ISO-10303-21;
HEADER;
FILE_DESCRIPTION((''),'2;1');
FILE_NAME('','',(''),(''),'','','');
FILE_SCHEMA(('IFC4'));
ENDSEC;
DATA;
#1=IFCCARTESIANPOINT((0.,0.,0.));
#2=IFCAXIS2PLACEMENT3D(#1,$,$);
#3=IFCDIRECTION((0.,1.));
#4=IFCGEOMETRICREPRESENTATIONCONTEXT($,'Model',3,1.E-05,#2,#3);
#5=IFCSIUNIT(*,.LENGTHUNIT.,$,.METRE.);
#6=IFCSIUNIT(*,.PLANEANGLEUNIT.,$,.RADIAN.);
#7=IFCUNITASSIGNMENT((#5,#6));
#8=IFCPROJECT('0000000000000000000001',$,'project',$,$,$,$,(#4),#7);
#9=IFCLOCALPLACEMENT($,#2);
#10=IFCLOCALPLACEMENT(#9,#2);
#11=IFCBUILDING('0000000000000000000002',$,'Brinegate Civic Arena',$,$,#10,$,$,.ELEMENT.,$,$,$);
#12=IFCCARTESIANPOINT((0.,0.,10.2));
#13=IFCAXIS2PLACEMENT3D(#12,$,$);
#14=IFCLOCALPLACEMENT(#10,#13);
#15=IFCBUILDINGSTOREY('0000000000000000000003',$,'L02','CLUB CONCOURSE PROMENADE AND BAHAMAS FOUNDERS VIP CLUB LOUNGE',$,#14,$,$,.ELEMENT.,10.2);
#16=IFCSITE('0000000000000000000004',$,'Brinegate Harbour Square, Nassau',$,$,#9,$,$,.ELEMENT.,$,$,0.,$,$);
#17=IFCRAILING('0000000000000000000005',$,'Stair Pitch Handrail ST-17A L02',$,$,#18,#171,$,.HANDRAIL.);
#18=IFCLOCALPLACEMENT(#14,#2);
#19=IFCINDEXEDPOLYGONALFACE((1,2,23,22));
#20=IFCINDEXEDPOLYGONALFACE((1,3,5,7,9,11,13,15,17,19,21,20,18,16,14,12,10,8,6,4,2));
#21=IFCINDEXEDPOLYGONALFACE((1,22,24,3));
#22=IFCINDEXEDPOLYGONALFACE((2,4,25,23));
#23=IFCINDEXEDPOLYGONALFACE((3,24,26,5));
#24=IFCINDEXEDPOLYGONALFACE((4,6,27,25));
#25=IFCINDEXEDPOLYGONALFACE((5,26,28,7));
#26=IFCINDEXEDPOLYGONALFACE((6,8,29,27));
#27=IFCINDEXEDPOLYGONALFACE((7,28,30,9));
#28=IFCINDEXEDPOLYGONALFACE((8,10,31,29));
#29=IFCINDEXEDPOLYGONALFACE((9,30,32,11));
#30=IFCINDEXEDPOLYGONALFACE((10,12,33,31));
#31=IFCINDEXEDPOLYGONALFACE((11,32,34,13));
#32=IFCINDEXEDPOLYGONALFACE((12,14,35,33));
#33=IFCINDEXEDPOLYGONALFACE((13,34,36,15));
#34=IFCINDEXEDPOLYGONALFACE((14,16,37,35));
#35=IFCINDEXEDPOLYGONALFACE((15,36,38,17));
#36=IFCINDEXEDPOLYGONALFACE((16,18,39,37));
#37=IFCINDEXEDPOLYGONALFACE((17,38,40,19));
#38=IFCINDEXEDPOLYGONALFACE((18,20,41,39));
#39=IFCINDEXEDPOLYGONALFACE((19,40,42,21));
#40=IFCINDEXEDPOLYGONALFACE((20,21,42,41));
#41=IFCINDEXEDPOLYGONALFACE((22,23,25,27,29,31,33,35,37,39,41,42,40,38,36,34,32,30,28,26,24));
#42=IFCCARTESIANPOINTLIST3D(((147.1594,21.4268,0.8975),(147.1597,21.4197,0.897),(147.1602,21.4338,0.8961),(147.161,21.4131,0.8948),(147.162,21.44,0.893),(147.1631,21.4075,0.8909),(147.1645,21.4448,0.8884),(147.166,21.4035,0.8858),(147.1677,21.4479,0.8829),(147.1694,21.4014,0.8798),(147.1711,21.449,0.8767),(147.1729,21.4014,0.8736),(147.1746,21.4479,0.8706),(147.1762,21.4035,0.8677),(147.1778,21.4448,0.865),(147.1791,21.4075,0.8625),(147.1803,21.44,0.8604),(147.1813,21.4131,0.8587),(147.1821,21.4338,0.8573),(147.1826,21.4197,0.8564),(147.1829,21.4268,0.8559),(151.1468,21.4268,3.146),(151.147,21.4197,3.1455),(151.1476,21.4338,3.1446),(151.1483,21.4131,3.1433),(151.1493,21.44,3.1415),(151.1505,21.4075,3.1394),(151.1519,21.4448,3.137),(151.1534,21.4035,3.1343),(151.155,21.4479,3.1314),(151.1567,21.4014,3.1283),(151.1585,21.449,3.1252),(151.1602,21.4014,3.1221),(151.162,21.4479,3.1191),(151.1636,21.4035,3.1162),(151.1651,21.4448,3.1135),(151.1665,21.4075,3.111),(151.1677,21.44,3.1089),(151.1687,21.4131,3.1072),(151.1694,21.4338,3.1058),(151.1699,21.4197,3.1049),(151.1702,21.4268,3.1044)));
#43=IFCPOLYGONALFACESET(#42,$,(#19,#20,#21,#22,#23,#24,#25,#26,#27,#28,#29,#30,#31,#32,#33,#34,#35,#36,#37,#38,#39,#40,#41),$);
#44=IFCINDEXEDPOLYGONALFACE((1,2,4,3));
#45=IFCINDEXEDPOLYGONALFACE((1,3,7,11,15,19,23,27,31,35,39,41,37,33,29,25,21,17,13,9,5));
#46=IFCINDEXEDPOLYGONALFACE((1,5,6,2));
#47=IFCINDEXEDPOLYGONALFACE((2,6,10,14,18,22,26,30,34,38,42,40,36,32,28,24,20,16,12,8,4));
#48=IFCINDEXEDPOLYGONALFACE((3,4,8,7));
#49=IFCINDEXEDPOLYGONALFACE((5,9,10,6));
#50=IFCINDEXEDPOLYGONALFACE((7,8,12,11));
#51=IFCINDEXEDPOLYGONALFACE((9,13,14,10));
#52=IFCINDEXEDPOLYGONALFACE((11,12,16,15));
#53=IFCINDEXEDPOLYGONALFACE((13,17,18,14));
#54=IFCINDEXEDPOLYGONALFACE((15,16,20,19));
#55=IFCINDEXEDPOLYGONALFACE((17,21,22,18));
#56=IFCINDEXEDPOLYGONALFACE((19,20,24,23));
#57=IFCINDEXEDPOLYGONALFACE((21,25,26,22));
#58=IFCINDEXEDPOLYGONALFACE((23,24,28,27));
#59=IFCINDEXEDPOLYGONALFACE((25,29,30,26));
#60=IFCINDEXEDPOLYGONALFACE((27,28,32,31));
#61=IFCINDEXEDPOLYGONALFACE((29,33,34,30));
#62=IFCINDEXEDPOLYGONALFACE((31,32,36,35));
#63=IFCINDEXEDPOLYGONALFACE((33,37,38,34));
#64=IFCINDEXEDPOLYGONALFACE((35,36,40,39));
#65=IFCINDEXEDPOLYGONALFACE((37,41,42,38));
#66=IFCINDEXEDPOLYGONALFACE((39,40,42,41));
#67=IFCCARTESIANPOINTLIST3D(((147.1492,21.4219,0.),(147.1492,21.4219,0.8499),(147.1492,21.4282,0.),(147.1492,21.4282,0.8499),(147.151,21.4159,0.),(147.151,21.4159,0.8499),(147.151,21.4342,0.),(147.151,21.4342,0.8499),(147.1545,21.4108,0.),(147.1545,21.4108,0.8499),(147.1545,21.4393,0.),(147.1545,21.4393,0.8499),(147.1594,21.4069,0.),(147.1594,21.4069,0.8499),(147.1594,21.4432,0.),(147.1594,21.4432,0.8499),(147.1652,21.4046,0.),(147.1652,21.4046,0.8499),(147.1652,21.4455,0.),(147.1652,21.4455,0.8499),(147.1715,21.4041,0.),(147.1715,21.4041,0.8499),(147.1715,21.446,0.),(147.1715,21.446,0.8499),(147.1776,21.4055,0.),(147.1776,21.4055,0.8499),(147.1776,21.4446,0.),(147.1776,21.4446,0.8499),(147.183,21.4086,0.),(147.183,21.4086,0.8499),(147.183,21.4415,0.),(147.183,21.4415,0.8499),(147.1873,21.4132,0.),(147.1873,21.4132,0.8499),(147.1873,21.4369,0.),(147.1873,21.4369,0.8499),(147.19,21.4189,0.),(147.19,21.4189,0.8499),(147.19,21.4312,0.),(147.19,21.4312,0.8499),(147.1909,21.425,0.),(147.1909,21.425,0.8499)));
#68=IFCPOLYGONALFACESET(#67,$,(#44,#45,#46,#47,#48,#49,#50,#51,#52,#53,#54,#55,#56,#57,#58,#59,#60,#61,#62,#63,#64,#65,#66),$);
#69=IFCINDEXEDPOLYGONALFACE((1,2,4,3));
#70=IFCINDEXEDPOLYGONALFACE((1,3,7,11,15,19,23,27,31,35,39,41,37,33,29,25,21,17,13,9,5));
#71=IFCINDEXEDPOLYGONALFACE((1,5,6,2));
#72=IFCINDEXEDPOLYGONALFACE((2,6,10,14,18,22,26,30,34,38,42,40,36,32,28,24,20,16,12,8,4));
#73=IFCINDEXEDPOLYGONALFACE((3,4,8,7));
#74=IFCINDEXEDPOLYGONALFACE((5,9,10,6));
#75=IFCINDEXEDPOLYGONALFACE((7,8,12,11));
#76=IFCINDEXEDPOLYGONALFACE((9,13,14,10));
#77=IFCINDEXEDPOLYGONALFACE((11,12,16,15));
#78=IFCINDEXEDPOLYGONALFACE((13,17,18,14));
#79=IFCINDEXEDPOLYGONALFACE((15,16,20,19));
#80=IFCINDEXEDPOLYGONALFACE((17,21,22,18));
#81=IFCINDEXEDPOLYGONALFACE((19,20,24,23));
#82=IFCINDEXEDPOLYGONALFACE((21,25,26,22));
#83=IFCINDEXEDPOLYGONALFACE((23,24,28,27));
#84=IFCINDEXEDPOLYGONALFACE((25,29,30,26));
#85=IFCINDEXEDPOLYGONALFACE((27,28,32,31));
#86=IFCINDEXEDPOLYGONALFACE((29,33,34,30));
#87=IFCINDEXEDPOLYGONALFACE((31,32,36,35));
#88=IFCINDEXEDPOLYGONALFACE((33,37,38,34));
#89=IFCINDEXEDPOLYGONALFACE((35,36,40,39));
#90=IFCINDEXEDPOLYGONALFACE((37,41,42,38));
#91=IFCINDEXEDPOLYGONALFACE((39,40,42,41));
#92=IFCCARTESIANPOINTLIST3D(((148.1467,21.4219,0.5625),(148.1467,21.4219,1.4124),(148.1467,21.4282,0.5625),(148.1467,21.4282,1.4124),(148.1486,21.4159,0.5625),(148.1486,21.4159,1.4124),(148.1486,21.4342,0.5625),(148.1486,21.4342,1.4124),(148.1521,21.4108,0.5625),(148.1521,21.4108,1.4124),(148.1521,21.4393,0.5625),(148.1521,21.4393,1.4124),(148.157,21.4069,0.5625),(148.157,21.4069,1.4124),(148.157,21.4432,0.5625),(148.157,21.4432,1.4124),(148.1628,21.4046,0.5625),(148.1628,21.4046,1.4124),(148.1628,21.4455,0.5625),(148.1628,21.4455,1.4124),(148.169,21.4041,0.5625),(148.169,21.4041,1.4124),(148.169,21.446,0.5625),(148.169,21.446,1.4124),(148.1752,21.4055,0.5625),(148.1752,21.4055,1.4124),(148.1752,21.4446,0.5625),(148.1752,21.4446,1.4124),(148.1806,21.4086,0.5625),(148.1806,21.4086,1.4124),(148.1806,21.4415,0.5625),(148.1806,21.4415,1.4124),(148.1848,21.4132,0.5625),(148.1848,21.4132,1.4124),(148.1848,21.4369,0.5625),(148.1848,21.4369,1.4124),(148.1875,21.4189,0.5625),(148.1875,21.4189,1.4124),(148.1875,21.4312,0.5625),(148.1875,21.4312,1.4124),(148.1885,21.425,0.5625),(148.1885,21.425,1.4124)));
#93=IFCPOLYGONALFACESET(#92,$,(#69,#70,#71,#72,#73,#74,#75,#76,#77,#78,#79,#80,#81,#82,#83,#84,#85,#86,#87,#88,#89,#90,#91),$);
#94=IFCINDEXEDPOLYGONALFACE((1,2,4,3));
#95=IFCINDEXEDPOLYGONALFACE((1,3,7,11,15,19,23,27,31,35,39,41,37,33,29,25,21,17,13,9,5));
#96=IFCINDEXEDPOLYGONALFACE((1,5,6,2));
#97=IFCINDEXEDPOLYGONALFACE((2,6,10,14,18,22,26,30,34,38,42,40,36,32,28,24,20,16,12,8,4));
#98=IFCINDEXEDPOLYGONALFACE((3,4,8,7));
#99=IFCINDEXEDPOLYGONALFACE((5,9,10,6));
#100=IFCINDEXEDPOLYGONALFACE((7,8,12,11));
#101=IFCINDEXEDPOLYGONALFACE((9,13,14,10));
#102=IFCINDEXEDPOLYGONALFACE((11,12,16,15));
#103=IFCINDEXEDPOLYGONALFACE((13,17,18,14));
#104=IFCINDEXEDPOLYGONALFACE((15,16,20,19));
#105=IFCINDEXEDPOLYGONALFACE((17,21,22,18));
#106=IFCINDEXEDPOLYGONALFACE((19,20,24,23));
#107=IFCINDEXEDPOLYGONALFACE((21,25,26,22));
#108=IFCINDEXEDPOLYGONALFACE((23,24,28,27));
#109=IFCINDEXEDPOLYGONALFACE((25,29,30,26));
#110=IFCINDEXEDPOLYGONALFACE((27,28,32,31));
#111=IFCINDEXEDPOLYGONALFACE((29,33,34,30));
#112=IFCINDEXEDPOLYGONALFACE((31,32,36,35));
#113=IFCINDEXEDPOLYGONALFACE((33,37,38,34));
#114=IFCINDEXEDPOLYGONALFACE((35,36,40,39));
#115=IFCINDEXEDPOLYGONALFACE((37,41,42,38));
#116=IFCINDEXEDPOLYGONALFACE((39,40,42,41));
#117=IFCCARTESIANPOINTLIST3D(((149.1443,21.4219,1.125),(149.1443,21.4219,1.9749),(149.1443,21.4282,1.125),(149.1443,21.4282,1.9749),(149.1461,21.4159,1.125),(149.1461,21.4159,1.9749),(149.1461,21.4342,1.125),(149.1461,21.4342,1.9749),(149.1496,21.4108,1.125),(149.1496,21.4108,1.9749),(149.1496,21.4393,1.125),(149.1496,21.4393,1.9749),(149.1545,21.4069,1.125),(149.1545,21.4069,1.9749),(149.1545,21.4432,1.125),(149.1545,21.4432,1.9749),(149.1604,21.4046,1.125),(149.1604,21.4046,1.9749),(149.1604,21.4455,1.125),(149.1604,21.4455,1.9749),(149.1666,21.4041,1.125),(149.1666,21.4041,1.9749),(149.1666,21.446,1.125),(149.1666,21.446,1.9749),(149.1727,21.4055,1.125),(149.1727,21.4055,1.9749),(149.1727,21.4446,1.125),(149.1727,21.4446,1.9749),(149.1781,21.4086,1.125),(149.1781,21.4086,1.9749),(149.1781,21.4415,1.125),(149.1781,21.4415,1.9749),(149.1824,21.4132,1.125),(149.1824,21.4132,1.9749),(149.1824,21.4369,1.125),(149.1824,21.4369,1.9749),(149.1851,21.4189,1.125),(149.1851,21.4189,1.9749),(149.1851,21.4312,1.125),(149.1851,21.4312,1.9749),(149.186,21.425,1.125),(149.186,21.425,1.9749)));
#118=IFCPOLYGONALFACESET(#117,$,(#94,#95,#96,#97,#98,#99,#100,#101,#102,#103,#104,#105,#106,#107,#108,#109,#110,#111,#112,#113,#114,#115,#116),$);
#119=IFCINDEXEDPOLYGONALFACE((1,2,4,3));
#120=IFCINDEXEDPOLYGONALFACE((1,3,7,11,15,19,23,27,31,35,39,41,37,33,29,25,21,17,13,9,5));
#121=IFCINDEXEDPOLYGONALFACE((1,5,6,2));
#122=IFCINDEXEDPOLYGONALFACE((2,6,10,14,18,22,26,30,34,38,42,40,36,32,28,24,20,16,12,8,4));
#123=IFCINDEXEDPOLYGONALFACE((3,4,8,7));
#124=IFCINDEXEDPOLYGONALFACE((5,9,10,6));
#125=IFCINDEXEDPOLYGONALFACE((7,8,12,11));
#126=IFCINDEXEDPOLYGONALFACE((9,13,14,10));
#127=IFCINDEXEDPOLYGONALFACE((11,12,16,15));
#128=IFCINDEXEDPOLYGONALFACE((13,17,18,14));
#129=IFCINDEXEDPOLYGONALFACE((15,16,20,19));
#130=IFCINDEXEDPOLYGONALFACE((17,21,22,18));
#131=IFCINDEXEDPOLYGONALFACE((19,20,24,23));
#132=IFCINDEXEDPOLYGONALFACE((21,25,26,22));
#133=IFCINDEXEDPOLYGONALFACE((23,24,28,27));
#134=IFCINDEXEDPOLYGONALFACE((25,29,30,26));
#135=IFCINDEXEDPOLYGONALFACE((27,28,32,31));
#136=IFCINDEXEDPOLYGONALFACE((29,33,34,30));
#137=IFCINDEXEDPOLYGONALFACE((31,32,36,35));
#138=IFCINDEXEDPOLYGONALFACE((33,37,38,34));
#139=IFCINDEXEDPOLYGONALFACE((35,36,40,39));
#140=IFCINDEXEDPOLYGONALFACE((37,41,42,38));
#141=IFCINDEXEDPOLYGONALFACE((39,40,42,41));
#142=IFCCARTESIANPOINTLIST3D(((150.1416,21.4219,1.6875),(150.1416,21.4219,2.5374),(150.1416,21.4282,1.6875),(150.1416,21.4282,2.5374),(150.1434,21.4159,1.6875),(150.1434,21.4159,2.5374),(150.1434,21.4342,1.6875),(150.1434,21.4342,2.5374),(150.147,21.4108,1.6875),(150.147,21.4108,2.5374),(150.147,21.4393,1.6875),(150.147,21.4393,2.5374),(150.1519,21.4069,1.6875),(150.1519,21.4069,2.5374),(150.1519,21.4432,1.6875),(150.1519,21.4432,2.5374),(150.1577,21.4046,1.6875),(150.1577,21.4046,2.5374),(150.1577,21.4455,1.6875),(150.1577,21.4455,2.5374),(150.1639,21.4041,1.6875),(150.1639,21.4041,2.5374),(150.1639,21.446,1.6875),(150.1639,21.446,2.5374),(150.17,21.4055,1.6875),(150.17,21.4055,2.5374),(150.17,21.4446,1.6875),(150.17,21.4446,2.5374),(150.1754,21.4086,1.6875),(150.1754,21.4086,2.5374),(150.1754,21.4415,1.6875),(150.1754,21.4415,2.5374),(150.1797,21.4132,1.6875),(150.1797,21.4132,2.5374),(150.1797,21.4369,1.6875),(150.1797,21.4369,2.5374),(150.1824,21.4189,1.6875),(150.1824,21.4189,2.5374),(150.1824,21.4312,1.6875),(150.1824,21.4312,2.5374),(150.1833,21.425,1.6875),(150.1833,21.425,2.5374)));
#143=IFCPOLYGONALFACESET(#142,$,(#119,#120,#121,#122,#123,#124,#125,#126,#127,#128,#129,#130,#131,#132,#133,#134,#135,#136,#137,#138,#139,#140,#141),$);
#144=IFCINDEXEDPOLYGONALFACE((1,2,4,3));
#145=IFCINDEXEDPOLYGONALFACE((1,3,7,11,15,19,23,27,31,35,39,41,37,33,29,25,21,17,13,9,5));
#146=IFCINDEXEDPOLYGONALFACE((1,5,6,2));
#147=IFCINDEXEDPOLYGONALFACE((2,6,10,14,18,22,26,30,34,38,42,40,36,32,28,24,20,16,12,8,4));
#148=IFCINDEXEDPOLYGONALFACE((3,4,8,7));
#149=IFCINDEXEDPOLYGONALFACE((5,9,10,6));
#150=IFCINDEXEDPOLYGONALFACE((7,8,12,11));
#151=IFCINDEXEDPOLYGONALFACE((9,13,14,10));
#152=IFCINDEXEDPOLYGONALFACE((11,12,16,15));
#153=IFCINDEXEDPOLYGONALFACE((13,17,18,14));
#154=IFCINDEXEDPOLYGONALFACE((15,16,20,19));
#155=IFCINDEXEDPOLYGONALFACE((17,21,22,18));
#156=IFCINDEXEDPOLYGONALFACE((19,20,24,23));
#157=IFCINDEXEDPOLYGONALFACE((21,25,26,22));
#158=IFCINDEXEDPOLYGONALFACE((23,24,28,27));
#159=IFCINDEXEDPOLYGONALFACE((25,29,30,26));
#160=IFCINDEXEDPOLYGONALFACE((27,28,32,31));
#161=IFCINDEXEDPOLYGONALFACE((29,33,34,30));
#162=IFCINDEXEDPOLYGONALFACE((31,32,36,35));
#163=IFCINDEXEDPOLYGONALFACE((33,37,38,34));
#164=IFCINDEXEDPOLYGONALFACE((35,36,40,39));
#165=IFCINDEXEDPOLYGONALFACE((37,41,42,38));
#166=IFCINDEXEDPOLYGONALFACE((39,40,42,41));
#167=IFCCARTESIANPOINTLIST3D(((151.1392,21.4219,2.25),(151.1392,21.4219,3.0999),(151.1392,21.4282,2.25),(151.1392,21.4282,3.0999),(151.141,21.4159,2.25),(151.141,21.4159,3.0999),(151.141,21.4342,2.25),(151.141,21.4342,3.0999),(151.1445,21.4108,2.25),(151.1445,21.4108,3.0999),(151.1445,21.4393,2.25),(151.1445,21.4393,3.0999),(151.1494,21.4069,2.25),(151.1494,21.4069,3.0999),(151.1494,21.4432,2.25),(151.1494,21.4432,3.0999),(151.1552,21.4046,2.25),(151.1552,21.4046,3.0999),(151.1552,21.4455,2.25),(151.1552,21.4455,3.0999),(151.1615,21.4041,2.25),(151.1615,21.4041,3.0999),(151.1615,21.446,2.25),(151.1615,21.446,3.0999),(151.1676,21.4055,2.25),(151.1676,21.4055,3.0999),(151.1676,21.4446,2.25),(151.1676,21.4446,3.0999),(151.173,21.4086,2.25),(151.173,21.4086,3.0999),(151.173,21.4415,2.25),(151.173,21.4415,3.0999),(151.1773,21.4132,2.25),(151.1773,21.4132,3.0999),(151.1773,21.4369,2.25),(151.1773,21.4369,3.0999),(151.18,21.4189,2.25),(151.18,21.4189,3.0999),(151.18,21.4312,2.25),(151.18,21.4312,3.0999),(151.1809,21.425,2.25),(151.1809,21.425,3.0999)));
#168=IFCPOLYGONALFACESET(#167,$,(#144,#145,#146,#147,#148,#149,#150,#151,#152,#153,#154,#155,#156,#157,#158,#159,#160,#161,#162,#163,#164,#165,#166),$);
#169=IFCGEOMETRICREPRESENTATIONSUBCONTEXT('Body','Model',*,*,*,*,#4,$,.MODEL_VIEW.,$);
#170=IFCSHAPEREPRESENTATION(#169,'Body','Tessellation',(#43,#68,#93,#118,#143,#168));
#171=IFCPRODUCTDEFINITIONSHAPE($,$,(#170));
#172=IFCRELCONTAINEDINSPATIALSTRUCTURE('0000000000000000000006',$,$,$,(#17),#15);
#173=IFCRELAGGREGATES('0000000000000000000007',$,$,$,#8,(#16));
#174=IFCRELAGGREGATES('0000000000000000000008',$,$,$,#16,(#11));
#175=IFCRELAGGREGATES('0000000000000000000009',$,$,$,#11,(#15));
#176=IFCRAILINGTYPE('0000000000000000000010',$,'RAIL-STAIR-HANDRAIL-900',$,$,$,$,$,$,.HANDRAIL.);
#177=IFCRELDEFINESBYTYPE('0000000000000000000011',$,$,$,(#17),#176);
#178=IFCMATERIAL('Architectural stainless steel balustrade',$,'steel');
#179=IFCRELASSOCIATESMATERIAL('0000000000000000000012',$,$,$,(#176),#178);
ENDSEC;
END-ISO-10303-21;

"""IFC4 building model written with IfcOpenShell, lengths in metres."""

from ifc_helpers import new_model, si_unit, direction, frame, origin, origin_2d, place, context, subcontext, project, spatial, circle, extrude, material, type_object, element, save


model = new_model("IFC4")

# Units and contexts
model_context = context("Model", 3, precision=1e-05, world=origin(), true_north=direction((0.0, 1.0)))
body_context = subcontext(model_context, "Body", "Model", "MODEL_VIEW")
ifc_project = project(units=[si_unit("LENGTHUNIT", "METRE"), si_unit("PLANEANGLEUNIT", "RADIAN")], contexts=[model_context])

# Site, building, storey
site_placement = place(None, origin())
site = spatial("IfcSite", under=ifc_project, at=site_placement, Name="Brinegate Harbour Square, Nassau", CompositionType="ELEMENT", RefElevation=0.0)
building_placement = place(site_placement, origin())
building = spatial("IfcBuilding", under=site, at=building_placement, Name="Brinegate Civic Arena", CompositionType="ELEMENT")
storey_placement = place(building_placement, frame((0.0, 0.0, 10.2)))
storey = spatial("IfcBuildingStorey", under=building, at=storey_placement, Name="L02", Description="CLUB CONCOURSE PROMENADE AND BAHAMAS FOUNDERS VIP CLUB LOUNGE", CompositionType="ELEMENT", Elevation=10.2)

# Railing
ifc_material_1 = material(Name="Architectural stainless steel balustrade", Category="steel")
railing_type_1 = type_object("IfcRailingType", Name="RAIL-STAIR-HANDRAIL-900", PredefinedType="HANDRAIL", material=ifc_material_1)
for number, where, name in (
    (1, (147.1699, 21.425, 0.0), "Stair Pitch Handrail ST-17A L02"),
):
    element("IfcRailing", number, at=place(storey_placement, frame(where)), inside=storey, type_object=railing_type_1, Name=name, PredefinedType="HANDRAIL", context=body_context, shape_type="SweptSolid", body=[
        extrude(circle(Radius=0.0239, at=origin_2d()), frame((0.0012, 0.0, 0.8767), z_axis=(0.87105, 0.0, 0.491195), x_axis=(0.0, 1.0, 0.0)), (0.0, 0.0, 1.0), 4.5776),
        extrude(circle(Radius=0.021, at=origin_2d()), origin(), (0.0, 0.0, 1.0), 0.8499),
        extrude(circle(Radius=0.021, at=origin_2d()), frame((0.9976, 0.0, 0.5625)), (0.0, 0.0, 1.0), 0.8499),
        extrude(circle(Radius=0.021, at=origin_2d()), frame((1.9951, 0.0, 1.125)), (0.0, 0.0, 1.0), 0.8499),
        extrude(circle(Radius=0.021, at=origin_2d()), frame((2.9924, 0.0, 1.6875)), (0.0, 0.0, 1.0), 0.8499),
        extrude(circle(Radius=0.021, at=origin_2d()), frame((3.99, 0.0, 2.25)), (0.0, 0.0, 1.0), 0.8499),
    ])

save(model, "model.ifc")
